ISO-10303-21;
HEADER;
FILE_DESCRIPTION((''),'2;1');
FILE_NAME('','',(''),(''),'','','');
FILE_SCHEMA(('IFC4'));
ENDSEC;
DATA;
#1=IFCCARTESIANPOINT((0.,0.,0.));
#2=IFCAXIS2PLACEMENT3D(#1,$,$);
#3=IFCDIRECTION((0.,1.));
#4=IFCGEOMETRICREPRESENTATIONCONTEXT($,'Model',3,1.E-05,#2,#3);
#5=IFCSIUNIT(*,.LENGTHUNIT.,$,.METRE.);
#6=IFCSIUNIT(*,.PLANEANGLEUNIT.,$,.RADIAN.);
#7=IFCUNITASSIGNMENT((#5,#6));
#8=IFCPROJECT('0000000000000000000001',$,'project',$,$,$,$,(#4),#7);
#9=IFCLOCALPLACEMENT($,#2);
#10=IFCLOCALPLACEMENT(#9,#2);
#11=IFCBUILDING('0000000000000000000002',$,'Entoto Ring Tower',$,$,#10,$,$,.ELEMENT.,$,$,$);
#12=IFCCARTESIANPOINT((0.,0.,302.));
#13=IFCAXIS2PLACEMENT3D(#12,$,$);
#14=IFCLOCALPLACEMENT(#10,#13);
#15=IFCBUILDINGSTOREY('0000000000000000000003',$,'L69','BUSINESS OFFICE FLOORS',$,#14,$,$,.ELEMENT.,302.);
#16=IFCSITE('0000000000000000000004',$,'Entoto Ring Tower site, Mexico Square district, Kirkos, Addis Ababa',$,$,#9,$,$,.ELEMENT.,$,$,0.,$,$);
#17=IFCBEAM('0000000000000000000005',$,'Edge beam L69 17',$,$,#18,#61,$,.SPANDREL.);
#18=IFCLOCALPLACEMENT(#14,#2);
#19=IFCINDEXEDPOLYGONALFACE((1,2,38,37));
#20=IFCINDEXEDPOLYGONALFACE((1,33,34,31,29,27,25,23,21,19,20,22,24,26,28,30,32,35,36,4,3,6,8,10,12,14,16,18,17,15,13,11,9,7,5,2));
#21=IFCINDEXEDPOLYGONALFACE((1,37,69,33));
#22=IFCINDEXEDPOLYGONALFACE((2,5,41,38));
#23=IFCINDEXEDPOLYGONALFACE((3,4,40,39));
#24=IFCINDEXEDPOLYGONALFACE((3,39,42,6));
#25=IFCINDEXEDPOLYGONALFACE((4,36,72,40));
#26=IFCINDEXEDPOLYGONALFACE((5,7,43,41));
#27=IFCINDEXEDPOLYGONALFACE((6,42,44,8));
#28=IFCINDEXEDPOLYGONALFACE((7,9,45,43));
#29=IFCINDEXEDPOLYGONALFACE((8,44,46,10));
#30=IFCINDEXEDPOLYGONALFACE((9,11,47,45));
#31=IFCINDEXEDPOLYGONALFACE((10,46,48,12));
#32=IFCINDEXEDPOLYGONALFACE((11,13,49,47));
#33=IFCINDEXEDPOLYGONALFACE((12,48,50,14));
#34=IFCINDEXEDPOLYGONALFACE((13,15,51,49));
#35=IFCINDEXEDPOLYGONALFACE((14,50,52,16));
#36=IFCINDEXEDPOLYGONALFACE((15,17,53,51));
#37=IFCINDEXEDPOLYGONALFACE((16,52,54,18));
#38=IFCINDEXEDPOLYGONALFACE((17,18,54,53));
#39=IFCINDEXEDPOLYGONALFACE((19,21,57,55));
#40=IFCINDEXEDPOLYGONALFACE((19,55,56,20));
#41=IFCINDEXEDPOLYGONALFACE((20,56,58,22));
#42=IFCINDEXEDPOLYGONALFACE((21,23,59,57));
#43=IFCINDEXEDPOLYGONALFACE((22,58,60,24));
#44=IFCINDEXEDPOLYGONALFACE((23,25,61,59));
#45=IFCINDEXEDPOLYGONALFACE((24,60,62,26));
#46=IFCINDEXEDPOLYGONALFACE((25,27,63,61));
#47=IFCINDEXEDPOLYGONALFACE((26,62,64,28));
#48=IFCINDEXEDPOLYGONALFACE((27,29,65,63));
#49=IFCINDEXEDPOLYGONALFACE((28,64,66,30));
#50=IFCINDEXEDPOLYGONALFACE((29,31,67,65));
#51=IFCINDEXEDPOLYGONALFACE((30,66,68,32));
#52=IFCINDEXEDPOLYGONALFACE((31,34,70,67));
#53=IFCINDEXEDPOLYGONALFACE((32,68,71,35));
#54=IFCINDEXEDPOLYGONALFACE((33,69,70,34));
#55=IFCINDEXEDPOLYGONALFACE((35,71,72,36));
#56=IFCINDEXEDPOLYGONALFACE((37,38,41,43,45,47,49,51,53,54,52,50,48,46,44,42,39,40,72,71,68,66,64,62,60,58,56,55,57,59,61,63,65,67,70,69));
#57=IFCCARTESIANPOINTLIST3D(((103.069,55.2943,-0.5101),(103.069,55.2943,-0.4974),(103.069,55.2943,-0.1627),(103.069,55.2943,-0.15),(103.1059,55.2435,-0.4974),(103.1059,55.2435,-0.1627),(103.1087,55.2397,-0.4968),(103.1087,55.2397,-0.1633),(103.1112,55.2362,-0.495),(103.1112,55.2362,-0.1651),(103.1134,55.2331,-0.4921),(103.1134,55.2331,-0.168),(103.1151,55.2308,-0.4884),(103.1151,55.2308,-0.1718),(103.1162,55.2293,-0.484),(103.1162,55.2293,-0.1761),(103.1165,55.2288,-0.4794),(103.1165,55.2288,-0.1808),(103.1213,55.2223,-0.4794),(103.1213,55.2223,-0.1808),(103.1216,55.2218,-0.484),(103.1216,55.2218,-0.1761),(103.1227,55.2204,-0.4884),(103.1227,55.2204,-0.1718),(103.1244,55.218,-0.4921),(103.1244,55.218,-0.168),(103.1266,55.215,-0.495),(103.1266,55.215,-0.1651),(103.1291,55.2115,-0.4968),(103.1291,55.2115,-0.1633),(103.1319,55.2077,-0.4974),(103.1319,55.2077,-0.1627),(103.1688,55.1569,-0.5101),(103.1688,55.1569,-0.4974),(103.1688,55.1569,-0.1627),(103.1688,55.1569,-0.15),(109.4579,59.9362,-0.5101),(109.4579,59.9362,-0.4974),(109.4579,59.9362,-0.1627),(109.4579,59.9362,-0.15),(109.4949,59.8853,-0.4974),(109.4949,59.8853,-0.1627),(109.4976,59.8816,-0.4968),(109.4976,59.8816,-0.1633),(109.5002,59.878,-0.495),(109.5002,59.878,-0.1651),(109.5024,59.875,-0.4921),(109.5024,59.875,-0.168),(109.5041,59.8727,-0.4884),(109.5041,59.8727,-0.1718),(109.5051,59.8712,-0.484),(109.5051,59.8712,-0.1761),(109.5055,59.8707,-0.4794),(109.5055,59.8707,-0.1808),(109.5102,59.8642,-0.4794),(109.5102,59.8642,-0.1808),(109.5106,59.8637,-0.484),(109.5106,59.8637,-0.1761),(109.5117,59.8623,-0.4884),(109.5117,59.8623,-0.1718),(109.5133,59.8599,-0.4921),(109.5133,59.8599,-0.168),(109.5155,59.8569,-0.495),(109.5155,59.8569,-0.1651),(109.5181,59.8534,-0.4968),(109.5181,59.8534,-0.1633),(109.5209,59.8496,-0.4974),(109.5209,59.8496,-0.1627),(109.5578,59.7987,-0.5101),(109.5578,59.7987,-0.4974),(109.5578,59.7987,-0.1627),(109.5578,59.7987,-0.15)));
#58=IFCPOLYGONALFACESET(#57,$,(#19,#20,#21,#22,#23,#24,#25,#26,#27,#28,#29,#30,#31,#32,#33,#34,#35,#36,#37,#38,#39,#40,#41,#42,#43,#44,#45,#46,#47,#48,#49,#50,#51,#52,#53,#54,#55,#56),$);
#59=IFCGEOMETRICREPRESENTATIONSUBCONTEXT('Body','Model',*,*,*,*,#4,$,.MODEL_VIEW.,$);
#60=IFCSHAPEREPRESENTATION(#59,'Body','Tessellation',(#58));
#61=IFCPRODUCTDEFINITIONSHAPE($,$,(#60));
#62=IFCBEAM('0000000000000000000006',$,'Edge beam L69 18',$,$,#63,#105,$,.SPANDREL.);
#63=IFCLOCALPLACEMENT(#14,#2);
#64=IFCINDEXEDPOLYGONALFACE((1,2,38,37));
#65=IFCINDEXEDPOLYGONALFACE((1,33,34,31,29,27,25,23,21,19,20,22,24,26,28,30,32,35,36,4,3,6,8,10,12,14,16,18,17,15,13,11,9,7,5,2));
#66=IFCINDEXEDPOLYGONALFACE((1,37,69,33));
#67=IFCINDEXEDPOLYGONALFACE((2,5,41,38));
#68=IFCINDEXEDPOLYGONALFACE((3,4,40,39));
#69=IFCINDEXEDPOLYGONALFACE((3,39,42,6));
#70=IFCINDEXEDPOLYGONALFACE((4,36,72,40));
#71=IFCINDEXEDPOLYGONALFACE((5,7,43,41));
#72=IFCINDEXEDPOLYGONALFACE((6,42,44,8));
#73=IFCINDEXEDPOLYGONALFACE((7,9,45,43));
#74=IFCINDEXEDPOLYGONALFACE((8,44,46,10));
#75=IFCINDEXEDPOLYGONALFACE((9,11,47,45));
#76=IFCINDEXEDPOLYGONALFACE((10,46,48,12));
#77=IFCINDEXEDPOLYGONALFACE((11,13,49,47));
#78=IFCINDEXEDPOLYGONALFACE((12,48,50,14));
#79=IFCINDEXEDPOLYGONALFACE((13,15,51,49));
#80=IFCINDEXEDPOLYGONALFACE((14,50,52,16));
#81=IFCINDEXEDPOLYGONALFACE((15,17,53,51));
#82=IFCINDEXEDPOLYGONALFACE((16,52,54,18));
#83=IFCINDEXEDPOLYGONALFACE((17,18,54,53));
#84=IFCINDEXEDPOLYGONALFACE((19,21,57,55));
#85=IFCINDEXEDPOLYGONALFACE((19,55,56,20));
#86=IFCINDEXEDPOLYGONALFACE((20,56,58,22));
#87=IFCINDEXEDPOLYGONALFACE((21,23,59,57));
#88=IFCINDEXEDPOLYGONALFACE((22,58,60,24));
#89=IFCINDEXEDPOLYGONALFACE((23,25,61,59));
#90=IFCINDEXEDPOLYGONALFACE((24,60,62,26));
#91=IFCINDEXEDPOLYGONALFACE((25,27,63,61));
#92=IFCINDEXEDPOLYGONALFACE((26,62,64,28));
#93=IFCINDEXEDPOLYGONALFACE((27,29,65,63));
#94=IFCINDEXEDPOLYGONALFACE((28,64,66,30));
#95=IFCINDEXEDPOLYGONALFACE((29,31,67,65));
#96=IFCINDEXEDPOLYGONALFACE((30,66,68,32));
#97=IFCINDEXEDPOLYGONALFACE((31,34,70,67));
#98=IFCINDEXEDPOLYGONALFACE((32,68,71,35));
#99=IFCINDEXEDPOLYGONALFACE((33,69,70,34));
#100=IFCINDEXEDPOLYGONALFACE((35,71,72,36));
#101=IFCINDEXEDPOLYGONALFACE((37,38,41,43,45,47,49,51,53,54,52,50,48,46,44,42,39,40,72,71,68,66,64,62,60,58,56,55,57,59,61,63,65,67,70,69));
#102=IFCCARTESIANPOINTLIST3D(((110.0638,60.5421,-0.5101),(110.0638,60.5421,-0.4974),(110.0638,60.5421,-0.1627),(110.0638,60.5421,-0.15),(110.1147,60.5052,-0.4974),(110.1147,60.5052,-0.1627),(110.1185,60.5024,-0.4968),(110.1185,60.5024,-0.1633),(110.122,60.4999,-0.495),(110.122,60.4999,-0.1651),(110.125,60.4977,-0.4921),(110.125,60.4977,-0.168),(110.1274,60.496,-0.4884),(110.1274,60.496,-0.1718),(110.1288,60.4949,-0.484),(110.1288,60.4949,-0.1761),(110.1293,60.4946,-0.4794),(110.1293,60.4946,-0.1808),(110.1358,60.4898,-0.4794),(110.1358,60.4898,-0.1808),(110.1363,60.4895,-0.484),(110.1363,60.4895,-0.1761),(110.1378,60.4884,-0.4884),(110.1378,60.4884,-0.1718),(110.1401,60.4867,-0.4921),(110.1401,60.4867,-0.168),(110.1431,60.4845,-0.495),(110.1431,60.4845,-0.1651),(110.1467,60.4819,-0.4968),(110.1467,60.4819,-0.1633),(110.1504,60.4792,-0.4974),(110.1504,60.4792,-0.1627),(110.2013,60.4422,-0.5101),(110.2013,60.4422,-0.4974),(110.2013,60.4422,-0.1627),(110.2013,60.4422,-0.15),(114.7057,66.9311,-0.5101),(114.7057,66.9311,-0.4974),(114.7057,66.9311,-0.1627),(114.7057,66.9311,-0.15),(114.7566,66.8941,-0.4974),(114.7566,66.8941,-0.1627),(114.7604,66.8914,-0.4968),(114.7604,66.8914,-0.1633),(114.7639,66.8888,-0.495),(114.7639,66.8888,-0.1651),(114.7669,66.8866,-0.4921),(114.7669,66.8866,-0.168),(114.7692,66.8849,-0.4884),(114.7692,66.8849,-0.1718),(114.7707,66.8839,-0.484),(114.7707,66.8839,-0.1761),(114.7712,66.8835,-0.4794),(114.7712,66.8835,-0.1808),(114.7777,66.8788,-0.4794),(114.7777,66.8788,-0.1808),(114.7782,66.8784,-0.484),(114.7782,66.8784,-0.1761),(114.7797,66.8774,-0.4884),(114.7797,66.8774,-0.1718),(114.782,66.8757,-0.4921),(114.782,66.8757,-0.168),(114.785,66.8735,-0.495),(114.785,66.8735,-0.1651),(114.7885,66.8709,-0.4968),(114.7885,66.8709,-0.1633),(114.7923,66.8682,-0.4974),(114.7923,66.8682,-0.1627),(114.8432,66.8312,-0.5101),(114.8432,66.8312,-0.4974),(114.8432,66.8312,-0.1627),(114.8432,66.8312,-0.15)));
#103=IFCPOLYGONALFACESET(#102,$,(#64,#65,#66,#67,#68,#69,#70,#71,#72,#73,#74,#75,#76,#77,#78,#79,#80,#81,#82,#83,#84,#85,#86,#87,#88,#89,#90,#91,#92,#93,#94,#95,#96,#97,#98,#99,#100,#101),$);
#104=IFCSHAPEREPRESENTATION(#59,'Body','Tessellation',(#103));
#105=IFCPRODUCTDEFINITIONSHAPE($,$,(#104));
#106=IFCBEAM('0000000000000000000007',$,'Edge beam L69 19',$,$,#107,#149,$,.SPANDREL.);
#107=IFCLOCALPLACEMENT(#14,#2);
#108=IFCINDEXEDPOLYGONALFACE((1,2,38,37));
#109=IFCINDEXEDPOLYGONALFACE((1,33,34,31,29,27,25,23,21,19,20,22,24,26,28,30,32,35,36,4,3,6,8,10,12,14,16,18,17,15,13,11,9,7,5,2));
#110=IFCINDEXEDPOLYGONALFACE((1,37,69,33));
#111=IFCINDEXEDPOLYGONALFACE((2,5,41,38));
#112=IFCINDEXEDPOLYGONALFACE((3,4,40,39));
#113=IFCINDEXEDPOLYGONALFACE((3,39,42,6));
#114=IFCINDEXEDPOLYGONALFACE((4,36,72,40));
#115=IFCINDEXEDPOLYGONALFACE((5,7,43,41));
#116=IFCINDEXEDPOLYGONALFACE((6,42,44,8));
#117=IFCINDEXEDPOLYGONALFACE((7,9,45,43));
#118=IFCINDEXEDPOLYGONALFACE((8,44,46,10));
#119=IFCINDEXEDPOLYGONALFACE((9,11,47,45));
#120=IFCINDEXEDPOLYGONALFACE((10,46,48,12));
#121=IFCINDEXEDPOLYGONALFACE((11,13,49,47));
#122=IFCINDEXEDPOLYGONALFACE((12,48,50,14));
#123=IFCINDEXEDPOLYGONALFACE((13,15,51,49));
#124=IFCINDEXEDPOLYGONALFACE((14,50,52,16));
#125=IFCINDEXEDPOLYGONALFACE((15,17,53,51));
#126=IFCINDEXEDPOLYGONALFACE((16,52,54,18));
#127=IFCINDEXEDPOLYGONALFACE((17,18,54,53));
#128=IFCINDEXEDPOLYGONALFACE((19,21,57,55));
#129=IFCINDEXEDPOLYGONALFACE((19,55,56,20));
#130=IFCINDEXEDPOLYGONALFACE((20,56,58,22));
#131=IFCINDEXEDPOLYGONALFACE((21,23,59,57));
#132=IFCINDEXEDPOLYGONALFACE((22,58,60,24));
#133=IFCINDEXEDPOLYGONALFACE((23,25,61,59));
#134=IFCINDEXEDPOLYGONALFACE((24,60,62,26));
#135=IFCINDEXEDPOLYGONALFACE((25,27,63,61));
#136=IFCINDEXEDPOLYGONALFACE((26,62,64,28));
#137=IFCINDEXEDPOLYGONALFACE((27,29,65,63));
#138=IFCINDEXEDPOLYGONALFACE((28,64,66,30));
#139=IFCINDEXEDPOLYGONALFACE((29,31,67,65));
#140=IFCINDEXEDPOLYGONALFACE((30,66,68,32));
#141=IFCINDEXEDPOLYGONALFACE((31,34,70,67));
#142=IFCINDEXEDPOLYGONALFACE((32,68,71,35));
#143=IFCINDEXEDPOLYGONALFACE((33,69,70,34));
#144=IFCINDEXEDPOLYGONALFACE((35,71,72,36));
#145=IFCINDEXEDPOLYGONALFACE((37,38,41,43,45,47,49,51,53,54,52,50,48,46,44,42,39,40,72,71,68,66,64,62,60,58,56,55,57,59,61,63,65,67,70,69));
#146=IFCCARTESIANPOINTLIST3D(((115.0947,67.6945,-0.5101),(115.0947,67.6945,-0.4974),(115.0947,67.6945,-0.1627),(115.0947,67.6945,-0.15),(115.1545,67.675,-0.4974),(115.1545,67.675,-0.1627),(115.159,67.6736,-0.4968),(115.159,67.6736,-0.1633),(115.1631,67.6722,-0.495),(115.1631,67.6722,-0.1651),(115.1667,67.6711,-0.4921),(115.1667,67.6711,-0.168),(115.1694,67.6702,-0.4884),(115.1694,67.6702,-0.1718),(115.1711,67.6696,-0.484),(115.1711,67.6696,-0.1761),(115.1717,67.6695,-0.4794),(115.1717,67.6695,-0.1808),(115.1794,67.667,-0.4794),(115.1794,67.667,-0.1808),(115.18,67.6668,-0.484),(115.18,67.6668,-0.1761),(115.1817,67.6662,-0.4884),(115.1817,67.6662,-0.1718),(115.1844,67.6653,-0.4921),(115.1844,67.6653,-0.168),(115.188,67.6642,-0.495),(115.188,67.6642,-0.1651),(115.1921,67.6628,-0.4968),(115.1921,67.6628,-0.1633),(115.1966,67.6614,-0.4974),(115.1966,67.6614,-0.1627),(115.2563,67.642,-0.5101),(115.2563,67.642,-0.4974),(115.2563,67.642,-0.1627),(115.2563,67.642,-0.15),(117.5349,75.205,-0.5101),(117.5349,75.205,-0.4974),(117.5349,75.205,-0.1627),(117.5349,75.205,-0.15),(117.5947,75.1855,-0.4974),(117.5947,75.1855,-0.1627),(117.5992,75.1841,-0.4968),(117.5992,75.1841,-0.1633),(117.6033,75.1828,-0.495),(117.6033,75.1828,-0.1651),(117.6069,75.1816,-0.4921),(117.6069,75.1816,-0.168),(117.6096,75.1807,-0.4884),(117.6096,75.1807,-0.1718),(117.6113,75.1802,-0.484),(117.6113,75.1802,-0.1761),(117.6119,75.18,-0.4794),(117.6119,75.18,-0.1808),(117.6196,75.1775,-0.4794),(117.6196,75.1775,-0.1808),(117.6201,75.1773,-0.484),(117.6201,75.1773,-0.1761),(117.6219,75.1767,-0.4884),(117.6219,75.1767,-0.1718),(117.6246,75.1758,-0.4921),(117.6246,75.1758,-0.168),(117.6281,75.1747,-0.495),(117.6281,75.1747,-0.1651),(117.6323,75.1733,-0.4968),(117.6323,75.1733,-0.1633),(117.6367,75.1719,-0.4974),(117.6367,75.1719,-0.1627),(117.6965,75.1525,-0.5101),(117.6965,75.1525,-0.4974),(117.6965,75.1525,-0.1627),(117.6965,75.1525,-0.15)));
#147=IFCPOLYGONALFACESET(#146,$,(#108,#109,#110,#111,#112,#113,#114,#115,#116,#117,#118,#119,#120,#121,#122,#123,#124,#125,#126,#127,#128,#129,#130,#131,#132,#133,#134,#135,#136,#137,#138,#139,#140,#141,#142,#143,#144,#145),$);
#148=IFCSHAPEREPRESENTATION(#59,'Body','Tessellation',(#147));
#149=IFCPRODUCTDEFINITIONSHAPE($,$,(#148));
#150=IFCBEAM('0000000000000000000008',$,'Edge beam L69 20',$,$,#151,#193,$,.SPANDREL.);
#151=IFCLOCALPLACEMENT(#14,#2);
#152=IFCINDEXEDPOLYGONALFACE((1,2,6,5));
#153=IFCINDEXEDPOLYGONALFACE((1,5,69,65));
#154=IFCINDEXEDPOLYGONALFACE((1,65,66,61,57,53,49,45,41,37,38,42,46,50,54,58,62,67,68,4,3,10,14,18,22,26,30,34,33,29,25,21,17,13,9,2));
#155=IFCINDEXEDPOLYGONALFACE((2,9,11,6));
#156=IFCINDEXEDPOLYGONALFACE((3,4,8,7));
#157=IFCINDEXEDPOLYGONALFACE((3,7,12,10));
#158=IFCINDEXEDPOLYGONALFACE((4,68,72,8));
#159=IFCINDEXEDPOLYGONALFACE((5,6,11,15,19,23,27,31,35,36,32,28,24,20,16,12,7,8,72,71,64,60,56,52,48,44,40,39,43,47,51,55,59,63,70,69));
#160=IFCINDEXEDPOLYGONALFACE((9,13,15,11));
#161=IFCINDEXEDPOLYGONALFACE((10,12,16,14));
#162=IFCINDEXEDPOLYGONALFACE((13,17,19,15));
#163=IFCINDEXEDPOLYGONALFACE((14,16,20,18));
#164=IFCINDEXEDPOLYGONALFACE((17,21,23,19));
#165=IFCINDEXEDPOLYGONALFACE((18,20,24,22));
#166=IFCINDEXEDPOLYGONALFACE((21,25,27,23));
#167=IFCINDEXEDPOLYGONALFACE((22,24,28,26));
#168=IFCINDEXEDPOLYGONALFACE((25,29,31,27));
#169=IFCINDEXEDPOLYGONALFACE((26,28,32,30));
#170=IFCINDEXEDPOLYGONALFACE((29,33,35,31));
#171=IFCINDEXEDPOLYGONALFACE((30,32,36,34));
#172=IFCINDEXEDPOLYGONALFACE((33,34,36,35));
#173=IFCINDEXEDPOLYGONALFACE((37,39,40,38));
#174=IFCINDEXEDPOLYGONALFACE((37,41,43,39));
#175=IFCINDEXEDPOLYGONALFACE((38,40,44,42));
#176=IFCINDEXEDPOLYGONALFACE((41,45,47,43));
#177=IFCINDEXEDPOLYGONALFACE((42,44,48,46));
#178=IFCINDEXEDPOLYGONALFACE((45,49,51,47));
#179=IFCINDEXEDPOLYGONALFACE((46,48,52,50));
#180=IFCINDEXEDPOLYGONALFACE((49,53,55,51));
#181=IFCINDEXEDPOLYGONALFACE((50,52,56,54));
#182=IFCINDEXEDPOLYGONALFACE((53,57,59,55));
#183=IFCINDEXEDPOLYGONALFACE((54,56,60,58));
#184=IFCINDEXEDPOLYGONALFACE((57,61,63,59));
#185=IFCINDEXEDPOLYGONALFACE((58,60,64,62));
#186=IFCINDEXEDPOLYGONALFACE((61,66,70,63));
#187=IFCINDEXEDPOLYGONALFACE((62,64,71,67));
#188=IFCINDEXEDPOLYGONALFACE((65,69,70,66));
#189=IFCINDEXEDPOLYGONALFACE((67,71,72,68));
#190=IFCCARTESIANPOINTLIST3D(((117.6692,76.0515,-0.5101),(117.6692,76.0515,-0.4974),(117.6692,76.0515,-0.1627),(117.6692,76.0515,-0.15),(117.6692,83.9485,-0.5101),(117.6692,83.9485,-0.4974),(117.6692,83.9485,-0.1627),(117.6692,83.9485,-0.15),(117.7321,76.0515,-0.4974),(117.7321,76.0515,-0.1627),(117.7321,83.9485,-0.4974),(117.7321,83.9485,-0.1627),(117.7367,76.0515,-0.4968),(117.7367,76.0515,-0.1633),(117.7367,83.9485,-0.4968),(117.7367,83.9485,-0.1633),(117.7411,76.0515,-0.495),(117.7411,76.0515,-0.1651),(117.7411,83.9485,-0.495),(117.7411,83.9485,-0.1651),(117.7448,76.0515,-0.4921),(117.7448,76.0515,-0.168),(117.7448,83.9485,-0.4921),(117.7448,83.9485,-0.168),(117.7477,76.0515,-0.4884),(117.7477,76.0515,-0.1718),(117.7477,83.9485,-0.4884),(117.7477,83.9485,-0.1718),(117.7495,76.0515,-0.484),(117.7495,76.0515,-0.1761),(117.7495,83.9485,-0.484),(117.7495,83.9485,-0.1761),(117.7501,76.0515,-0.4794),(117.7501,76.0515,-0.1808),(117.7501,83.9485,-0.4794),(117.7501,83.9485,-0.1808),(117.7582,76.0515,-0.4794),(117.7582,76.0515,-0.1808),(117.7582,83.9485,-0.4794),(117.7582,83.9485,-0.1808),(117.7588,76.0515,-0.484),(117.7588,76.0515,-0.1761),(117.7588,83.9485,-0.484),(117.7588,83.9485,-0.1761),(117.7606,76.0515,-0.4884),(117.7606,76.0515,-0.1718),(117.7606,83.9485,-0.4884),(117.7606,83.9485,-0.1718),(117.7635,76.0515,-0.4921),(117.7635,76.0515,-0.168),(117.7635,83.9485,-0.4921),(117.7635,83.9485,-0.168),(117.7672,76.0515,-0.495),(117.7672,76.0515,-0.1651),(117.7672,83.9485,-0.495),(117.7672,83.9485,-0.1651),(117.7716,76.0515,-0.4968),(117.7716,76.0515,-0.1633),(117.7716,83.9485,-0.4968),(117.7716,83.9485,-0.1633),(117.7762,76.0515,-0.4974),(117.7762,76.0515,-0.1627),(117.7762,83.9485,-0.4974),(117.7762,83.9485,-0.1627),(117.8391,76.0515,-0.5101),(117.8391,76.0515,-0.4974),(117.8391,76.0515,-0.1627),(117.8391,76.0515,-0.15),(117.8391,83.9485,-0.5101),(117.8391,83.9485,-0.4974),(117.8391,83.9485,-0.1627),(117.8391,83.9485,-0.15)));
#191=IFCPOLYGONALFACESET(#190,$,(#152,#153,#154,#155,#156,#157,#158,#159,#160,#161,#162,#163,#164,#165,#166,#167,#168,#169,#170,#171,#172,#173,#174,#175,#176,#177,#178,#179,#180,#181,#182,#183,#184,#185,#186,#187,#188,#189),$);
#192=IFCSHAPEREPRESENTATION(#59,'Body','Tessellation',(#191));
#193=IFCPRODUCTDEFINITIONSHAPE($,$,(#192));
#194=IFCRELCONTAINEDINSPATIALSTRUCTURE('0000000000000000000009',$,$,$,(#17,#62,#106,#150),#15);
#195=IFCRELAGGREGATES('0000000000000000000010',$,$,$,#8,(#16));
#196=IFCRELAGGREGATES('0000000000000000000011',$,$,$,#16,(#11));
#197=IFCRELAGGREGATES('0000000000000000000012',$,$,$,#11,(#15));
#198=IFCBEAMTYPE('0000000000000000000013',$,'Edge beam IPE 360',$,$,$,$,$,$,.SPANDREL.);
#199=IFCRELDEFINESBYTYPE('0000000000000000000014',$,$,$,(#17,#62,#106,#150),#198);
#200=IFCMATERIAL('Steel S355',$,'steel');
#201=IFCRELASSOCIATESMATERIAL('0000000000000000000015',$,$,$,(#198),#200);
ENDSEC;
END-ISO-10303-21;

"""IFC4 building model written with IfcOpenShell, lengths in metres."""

from ifc_helpers import new_model, si_unit, direction, frame, origin, origin_2d, place, context, subcontext, project, spatial, i_section, extrude, material, material_profile, profile_set, type_object, element, save


model = new_model("IFC4")

# Units and contexts
model_context = context("Model", 3, precision=1e-05, world=origin(), true_north=direction((0.0, 1.0)))
body_context = subcontext(model_context, "Body", "Model", "MODEL_VIEW")
ifc_project = project(units=[si_unit("LENGTHUNIT", "METRE"), si_unit("PLANEANGLEUNIT", "RADIAN")], contexts=[model_context])

# Site, building, storey
site_placement = place(None, origin())
site = spatial("IfcSite", under=ifc_project, at=site_placement, Name="Entoto Ring Tower site, Mexico Square district, Kirkos, Addis Ababa", CompositionType="ELEMENT", RefElevation=0.0)
building_placement = place(site_placement, origin())
building = spatial("IfcBuilding", under=site, at=building_placement, Name="Entoto Ring Tower", CompositionType="ELEMENT")
storey_placement = place(building_placement, frame((0.0, 0.0, 302.0)))
storey = spatial("IfcBuildingStorey", under=building, at=storey_placement, Name="L69", Description="BUSINESS OFFICE FLOORS", CompositionType="ELEMENT", Elevation=302.0)

# Beams
ifc_material_1 = material(Name="Steel S355", Category="steel")
ifc_material_profile_1 = material_profile(ifc_material_1, i_section(OverallWidth=0.1699, OverallDepth=0.3601, WebThickness=0.0081, FlangeThickness=0.0127, FilletRadius=0.0181, at=origin_2d()), Name="IPE 360")
ifc_profile_set_1 = profile_set([ifc_material_profile_1], Name="Steel S355")
beam_type_1 = type_object("IfcBeamType", Name="Edge beam IPE 360", PredefinedType="SPANDREL", material=ifc_profile_set_1)
for number, where, z_axis, x_axis, name in (
    (1, (103.1189, 55.2256, -0.3301), (0.809015, 0.587787, 0.0), (-0.587787, 0.809015, 0.0), "Edge beam L69 17"),
    (2, (110.1326, 60.4922, -0.3301), (0.587787, 0.809015, 0.0), (-0.809015, 0.587787, 0.0), "Edge beam L69 18"),
):
    element("IfcBeam", number, at=place(storey_placement, frame(where, z_axis=z_axis, x_axis=x_axis)), inside=storey, type_object=beam_type_1, Name=name, PredefinedType="SPANDREL", context=body_context, shape_type="SweptSolid", body=[
        extrude(i_section(OverallWidth=0.1699, OverallDepth=0.3601, WebThickness=0.0081, FlangeThickness=0.0127, FilletRadius=0.0181, at=origin_2d()), origin(), (0.0, 0.0, 1.0), 7.8972),
    ])
for number, where, z_axis, x_axis, name in (
    (3, (115.1755, 67.6682, -0.3301), (0.309003, 0.951061, 0.0), (-0.951061, 0.309003, 0.0), "Edge beam L69 19"),
    (4, (117.7542, 76.0515, -0.3301), (0.0, 1.0, 0.0), (-1.0, 0.0, 0.0), "Edge beam L69 20"),
):
    element("IfcBeam", number, at=place(storey_placement, frame(where, z_axis=z_axis, x_axis=x_axis)), inside=storey, type_object=beam_type_1, Name=name, PredefinedType="SPANDREL", context=body_context, shape_type="SweptSolid", body=[
        extrude(i_section(OverallWidth=0.1699, OverallDepth=0.3601, WebThickness=0.0081, FlangeThickness=0.0127, FilletRadius=0.0181, at=origin_2d()), origin(), (0.0, 0.0, 1.0), 7.897),
    ])

save(model, "model.ifc")
